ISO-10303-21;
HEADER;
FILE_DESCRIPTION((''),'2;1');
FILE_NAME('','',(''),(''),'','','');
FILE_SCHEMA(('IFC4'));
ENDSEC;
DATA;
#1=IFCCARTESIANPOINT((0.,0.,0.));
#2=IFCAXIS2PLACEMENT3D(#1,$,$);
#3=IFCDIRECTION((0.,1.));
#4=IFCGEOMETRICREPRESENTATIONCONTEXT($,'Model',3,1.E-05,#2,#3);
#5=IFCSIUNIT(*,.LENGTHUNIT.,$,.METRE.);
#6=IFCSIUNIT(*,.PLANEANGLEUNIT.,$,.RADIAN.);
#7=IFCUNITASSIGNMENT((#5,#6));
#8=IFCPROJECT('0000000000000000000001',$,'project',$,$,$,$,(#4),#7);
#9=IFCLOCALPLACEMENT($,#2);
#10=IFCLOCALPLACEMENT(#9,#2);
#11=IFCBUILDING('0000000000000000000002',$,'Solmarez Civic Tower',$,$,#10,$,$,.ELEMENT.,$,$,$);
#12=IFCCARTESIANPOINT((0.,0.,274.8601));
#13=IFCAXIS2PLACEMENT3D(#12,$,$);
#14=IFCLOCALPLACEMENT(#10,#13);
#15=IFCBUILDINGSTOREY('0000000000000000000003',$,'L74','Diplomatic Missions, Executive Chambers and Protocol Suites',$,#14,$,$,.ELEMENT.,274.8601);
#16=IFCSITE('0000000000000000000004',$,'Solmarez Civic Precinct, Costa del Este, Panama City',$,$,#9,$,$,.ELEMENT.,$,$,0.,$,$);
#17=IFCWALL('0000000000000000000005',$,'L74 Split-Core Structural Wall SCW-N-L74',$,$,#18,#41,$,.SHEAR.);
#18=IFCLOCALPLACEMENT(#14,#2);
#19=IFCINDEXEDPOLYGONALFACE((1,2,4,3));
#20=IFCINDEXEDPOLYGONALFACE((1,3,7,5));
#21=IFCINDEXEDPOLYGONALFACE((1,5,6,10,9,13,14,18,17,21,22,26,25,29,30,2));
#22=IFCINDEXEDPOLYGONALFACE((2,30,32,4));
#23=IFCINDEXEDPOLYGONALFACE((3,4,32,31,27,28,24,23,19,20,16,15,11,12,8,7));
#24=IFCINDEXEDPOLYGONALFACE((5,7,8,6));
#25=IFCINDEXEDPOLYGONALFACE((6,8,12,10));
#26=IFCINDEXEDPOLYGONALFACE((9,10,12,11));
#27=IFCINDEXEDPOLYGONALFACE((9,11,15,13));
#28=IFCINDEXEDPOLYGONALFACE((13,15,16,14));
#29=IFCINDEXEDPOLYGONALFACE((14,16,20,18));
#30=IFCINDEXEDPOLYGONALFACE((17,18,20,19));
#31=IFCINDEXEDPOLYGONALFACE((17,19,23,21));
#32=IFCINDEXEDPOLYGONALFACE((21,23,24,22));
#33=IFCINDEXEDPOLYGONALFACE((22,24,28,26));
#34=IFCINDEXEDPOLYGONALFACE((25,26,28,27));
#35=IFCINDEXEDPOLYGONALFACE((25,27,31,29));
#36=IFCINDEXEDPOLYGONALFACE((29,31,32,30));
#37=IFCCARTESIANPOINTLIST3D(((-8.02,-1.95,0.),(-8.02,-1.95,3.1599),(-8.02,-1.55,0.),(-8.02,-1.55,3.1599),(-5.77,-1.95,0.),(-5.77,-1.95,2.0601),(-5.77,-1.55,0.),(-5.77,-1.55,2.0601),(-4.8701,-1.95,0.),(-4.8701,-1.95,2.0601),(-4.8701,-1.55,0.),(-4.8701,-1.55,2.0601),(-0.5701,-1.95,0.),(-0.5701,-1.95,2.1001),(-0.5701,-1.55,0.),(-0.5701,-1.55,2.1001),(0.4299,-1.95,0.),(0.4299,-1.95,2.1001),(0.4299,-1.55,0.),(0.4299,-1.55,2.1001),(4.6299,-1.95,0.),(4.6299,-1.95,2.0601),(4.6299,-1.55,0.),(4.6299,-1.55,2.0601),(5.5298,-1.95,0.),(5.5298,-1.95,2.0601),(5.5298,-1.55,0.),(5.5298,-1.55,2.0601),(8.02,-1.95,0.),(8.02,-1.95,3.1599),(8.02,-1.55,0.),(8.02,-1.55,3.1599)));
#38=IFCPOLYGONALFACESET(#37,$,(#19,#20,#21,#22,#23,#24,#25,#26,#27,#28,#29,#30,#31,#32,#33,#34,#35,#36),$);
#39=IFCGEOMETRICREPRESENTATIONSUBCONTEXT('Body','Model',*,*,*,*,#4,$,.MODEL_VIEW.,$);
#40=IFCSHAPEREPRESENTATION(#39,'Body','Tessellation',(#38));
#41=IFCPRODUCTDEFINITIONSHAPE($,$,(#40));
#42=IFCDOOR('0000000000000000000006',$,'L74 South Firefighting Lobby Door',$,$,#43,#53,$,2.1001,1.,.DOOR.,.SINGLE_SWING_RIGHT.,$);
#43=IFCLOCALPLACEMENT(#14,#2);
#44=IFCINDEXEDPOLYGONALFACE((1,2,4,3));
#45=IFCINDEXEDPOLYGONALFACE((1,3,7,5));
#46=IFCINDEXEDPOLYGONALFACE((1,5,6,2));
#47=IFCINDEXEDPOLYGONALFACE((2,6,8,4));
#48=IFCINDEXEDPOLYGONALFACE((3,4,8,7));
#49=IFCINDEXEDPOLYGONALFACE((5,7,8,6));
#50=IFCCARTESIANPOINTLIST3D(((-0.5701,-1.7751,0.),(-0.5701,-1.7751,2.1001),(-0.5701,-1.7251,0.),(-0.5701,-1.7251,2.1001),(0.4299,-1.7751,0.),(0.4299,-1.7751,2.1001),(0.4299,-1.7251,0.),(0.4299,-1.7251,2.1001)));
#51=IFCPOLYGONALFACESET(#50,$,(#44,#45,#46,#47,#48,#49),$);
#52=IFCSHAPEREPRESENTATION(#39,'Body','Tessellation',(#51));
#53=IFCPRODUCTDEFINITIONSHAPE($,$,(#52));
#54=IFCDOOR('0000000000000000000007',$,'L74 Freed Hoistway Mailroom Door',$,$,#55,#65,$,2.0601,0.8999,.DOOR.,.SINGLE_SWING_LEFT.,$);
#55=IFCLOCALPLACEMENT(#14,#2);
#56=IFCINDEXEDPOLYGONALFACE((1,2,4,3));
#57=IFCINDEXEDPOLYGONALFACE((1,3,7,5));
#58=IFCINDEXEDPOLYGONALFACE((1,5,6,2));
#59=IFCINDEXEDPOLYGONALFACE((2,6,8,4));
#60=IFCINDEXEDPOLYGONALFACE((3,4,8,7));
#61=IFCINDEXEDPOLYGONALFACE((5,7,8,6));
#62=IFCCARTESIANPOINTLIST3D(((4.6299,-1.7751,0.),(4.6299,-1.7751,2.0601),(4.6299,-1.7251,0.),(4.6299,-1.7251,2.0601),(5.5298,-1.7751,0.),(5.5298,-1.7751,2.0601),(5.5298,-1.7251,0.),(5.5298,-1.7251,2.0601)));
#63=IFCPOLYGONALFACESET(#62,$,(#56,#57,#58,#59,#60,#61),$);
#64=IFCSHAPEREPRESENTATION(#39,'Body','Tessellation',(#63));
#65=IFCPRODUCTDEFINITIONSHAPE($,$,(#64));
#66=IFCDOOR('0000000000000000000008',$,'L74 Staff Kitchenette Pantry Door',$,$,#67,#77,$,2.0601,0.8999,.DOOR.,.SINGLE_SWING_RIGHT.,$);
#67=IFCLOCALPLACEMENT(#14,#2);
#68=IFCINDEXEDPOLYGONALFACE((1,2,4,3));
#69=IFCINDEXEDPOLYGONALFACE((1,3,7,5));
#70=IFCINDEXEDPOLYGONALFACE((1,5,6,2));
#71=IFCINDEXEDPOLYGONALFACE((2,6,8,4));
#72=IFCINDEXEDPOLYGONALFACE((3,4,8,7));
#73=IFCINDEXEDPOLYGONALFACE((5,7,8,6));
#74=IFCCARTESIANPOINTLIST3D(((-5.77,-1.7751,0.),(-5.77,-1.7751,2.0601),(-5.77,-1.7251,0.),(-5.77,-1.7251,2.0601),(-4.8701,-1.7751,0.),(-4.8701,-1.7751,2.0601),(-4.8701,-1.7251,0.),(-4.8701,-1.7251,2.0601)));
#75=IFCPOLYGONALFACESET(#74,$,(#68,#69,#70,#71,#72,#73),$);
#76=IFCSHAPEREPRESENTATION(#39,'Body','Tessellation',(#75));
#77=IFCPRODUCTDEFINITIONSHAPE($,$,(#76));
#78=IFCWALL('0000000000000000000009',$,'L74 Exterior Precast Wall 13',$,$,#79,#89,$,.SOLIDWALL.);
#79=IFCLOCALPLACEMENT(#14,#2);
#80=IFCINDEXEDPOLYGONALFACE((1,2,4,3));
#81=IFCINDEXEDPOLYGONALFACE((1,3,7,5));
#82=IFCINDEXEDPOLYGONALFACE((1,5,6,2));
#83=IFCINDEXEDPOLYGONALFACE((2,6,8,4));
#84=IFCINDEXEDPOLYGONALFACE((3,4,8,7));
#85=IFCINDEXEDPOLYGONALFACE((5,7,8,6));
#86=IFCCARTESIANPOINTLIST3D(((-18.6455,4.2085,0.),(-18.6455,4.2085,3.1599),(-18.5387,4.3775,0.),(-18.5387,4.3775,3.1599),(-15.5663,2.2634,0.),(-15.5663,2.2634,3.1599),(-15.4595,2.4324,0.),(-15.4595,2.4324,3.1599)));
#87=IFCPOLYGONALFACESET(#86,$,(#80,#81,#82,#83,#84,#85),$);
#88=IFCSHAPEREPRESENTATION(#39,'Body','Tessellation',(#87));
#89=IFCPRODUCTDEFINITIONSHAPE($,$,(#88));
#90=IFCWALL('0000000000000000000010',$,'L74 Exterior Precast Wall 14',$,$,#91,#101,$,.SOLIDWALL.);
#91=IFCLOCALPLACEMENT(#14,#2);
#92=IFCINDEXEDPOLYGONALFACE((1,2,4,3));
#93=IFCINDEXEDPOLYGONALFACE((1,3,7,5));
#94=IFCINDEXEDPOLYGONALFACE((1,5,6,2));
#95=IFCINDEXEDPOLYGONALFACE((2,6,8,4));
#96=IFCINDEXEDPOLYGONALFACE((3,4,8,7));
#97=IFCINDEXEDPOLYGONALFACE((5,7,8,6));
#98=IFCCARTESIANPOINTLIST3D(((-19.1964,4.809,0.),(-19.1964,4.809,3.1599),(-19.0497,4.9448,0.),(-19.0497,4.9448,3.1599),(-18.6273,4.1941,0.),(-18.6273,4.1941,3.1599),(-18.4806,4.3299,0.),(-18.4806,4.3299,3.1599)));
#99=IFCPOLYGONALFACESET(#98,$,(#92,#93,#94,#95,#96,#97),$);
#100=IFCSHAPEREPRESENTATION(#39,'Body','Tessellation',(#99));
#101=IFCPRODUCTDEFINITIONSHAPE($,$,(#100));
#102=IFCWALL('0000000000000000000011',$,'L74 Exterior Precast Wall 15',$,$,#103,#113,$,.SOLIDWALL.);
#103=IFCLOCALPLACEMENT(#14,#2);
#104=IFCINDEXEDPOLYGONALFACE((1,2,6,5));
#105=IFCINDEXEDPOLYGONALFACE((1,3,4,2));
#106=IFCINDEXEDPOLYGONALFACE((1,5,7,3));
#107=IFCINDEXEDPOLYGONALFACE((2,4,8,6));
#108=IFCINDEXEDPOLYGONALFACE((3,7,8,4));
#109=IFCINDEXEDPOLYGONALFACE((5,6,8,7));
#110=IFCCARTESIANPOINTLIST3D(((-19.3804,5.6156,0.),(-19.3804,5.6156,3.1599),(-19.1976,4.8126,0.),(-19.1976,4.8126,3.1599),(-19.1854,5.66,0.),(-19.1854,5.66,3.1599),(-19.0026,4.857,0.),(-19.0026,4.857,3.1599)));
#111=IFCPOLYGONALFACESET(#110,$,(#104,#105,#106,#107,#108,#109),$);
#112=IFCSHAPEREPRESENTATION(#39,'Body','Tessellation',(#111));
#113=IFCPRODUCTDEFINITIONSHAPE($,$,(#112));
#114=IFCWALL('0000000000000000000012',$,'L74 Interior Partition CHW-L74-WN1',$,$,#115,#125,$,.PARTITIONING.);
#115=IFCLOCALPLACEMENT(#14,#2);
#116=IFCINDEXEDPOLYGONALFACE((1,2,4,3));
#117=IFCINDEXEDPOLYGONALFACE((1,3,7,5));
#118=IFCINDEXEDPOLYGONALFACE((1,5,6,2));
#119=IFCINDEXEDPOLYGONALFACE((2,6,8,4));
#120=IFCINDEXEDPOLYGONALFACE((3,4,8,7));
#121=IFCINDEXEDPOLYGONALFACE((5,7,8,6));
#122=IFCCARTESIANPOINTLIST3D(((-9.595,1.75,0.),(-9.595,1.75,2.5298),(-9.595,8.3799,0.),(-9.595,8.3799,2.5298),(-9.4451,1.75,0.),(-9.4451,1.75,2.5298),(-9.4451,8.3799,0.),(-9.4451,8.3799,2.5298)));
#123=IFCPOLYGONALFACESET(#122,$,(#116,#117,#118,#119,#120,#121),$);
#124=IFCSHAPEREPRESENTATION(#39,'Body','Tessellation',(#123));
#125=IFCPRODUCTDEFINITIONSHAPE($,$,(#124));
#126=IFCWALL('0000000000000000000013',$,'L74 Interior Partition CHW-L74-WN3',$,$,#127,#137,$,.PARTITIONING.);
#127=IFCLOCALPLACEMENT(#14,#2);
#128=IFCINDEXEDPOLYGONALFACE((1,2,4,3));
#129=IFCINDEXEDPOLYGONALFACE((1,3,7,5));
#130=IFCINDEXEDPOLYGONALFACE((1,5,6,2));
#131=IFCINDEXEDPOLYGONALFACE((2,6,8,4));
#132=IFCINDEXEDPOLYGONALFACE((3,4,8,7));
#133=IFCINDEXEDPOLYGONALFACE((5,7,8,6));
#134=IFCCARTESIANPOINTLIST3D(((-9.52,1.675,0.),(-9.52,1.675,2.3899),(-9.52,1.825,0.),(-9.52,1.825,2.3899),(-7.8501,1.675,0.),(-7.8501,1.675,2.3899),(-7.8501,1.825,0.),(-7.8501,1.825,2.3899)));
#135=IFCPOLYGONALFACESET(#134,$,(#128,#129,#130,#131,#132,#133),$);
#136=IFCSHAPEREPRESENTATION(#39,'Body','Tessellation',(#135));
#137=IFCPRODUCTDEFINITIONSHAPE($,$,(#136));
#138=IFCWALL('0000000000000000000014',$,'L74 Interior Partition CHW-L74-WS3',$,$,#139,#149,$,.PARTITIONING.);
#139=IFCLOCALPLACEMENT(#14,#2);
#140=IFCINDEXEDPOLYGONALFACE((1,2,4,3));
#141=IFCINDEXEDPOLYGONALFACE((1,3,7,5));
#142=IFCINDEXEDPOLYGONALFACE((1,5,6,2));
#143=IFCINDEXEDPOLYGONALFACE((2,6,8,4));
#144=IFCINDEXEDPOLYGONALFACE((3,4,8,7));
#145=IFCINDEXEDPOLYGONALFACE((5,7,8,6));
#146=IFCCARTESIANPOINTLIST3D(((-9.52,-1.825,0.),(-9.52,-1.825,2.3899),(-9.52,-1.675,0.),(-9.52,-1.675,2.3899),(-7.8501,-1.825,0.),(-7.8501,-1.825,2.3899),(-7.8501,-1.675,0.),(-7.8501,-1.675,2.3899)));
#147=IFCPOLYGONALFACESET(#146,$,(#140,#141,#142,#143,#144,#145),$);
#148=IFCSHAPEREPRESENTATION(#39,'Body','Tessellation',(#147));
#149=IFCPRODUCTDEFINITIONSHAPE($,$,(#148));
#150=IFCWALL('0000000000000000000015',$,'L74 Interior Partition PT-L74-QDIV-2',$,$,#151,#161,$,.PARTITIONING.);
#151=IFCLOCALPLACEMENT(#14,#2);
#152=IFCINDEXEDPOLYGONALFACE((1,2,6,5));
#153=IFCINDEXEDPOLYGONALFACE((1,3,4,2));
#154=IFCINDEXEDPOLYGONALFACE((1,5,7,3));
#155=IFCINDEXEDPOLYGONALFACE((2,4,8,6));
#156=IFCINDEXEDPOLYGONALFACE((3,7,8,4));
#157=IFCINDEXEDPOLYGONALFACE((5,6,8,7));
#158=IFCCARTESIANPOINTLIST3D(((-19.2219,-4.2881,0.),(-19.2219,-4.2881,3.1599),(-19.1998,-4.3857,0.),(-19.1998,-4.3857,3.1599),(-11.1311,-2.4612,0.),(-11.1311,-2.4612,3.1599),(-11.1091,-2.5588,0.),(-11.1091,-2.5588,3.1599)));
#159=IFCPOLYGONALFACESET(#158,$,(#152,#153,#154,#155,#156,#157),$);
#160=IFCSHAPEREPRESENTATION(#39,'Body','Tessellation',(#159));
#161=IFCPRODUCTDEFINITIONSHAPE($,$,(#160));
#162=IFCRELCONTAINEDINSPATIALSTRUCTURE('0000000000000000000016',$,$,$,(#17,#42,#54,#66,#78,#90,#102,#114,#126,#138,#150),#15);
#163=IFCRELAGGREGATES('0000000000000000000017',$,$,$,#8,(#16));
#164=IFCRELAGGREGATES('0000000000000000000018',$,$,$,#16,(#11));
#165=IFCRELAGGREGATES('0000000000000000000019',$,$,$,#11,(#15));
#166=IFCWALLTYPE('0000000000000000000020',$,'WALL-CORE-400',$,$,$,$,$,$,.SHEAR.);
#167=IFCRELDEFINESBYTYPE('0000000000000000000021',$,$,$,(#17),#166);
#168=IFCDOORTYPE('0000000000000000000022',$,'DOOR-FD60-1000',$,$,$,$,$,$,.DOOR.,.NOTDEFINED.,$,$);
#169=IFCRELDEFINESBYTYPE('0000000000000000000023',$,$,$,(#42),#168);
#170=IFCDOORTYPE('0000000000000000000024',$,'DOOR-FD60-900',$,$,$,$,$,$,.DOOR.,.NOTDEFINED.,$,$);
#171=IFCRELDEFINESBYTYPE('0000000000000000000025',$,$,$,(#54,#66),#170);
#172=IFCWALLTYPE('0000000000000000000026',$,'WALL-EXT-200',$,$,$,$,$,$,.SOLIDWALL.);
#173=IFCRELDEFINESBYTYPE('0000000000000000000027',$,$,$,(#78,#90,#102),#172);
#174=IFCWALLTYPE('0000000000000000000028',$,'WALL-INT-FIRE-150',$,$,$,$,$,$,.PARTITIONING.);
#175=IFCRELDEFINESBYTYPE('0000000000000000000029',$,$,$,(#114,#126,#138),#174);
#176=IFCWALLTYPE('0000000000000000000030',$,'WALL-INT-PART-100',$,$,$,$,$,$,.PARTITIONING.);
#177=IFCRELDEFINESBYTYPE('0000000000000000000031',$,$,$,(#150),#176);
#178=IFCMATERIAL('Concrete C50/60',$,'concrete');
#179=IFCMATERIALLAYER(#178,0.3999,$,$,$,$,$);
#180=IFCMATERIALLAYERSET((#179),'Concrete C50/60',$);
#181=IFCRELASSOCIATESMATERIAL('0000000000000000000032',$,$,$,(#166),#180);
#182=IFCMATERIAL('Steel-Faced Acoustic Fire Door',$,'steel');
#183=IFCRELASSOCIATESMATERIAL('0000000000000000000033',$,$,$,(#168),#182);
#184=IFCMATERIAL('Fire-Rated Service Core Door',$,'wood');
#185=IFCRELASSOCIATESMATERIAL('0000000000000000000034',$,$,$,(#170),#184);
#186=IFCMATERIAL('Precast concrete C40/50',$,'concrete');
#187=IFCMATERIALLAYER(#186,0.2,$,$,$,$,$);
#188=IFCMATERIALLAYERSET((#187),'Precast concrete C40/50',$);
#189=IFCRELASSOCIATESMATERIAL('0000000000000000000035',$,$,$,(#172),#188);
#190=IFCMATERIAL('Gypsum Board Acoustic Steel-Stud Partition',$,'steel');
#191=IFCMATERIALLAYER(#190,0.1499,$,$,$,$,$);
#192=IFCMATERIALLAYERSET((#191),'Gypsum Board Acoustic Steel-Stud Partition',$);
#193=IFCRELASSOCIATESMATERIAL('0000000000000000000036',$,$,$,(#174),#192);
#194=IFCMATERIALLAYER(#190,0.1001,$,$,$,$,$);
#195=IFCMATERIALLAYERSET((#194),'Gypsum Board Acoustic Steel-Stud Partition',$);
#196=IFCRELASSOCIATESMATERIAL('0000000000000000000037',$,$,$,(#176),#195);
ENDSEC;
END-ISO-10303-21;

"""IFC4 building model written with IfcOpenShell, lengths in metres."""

from ifc_helpers import new_model, si_unit, direction, frame, frame_2d, origin, place, context, subcontext, project, spatial, rectangle, extrude, material, layer, layer_set, type_object, element, fill, save


model = new_model("IFC4")

# Units and contexts
model_context = context("Model", 3, precision=1e-05, world=origin(), true_north=direction((0.0, 1.0)))
body_context = subcontext(model_context, "Body", "Model", "MODEL_VIEW")
ifc_project = project(units=[si_unit("LENGTHUNIT", "METRE"), si_unit("PLANEANGLEUNIT", "RADIAN")], contexts=[model_context])

# Site, building, storey
site_placement = place(None, origin())
site = spatial("IfcSite", under=ifc_project, at=site_placement, Name="Solmarez Civic Precinct, Costa del Este, Panama City", CompositionType="ELEMENT", RefElevation=0.0)
building_placement = place(site_placement, origin())
building = spatial("IfcBuilding", under=site, at=building_placement, Name="Solmarez Civic Tower", CompositionType="ELEMENT")
storey_placement = place(building_placement, frame((0.0, 0.0, 274.8601)))
storey = spatial("IfcBuildingStorey", under=building, at=storey_placement, Name="L74", Description="Diplomatic Missions, Executive Chambers and Protocol Suites", CompositionType="ELEMENT", Elevation=274.8601)

# Shared definitions
ifc_material_1 = material(Name="Concrete C50/60", Category="concrete")

# Shared definitions
ifc_layer_1 = layer(ifc_material_1, 0.3999)
ifc_layer_set_1 = layer_set([ifc_layer_1], Name="Concrete C50/60")
wall_type_1 = type_object("IfcWallType", Name="WALL-CORE-400", PredefinedType="SHEAR", material=ifc_layer_set_1)

# Wall, openings, doors
wall_1_placement = place(storey_placement, frame((-8.02, -1.75, 0.0), z_axis=(0.0, 0.0, 1.0), x_axis=(1.0, 0.0, 0.0)))
wall_1 = element("IfcWall", 1, at=wall_1_placement, inside=storey, type_object=wall_type_1, Name="L74 Split-Core Structural Wall SCW-N-L74", PredefinedType="SHEAR", context=body_context, shape_type="SweptSolid", body=[
    extrude(rectangle(XDim=16.04, YDim=0.3999, at=frame_2d((8.02, 0.0))), origin(), (0.0, 0.0, 1.0), 3.1599),
])
opening_1_placement = place(wall_1_placement, frame((7.45, 0.0, 0.0)))
opening_1 = element("IfcOpeningElement", 2, at=opening_1_placement, cuts=wall_1, PredefinedType="OPENING", context=body_context, shape_type="SweptSolid", body=[
    extrude(rectangle(XDim=1.0, YDim=2.1001, at=frame_2d((0.5, 1.05))), frame((0.0, 0.21, 0.0), z_axis=(0.0, -1.0, 0.0), x_axis=(1.0, 0.0, 0.0)), (0.0, 0.0, 1.0), 0.4199),
])
opening_2_placement = place(wall_1_placement, frame((12.6499, 0.0, 0.0)))
opening_2 = element("IfcOpeningElement", 3, at=opening_2_placement, cuts=wall_1, PredefinedType="OPENING", context=body_context, shape_type="SweptSolid", body=[
    extrude(rectangle(XDim=0.8999, YDim=2.0601, at=frame_2d((0.45, 1.03))), frame((0.0, 0.21, 0.0), z_axis=(0.0, -1.0, 0.0), x_axis=(1.0, 0.0, 0.0)), (0.0, 0.0, 1.0), 0.4199),
])
opening_3_placement = place(wall_1_placement, frame((2.25, 0.0, 0.0)))
opening_3 = element("IfcOpeningElement", 4, at=opening_3_placement, cuts=wall_1, PredefinedType="OPENING", context=body_context, shape_type="SweptSolid", body=[
    extrude(rectangle(XDim=0.8999, YDim=2.0601, at=frame_2d((0.45, 1.03))), frame((0.0, 0.21, 0.0), z_axis=(0.0, -1.0, 0.0), x_axis=(1.0, 0.0, 0.0)), (0.0, 0.0, 1.0), 0.4199),
])
ifc_material_2 = material(Name="Steel-Faced Acoustic Fire Door", Category="steel")
door_type_1 = type_object("IfcDoorType", Name="DOOR-FD60-1000", OperationType="NOTDEFINED", PredefinedType="DOOR", material=ifc_material_2)
door_1_placement = place(opening_1_placement, origin())
door_1 = element("IfcDoor", 5, at=door_1_placement, inside=storey, type_object=door_type_1, Name="L74 South Firefighting Lobby Door", OperationType="SINGLE_SWING_RIGHT", OverallHeight=2.1001, OverallWidth=1.0, PredefinedType="DOOR", context=body_context, shape_type="SweptSolid", body=[
    extrude(rectangle(XDim=1.0, YDim=2.1001, at=frame_2d((0.5, 1.05))), frame((0.0, 0.0249, 0.0), z_axis=(0.0, -1.0, 0.0), x_axis=(1.0, 0.0, 0.0)), (0.0, 0.0, 1.0), 0.05),
])
fill(opening_1, door_1)
ifc_material_3 = material(Name="Fire-Rated Service Core Door", Category="wood")
door_type_2 = type_object("IfcDoorType", Name="DOOR-FD60-900", OperationType="NOTDEFINED", PredefinedType="DOOR", material=ifc_material_3)
door_2_placement = place(opening_2_placement, origin())
door_2 = element("IfcDoor", 6, at=door_2_placement, inside=storey, type_object=door_type_2, Name="L74 Freed Hoistway Mailroom Door", OperationType="SINGLE_SWING_LEFT", OverallHeight=2.0601, OverallWidth=0.8999, PredefinedType="DOOR", context=body_context, shape_type="SweptSolid", body=[
    extrude(rectangle(XDim=0.8999, YDim=2.0601, at=frame_2d((0.45, 1.03))), frame((0.0, 0.0249, 0.0), z_axis=(0.0, -1.0, 0.0), x_axis=(1.0, 0.0, 0.0)), (0.0, 0.0, 1.0), 0.05),
])
fill(opening_2, door_2)
door_3_placement = place(opening_3_placement, origin())
door_3 = element("IfcDoor", 7, at=door_3_placement, inside=storey, type_object=door_type_2, Name="L74 Staff Kitchenette Pantry Door", OperationType="SINGLE_SWING_RIGHT", OverallHeight=2.0601, OverallWidth=0.8999, PredefinedType="DOOR", context=body_context, shape_type="SweptSolid", body=[
    extrude(rectangle(XDim=0.8999, YDim=2.0601, at=frame_2d((0.45, 1.03))), frame((0.0, 0.0249, 0.0), z_axis=(0.0, -1.0, 0.0), x_axis=(1.0, 0.0, 0.0)), (0.0, 0.0, 1.0), 0.05),
])
fill(opening_3, door_3)

# Walls
ifc_material_4 = material(Name="Precast concrete C40/50", Category="concrete")
ifc_layer_2 = layer(ifc_material_4, 0.2)
ifc_layer_set_2 = layer_set([ifc_layer_2], Name="Precast concrete C40/50")
wall_type_2 = type_object("IfcWallType", Name="WALL-EXT-200", PredefinedType="SOLIDWALL", material=ifc_layer_set_2)
wall_2_placement = place(storey_placement, frame((-15.5129, 2.3479, 0.0), z_axis=(0.0, 0.0, 1.0), x_axis=(-0.845443, 0.534066, 0.0)))
element("IfcWall", 8, at=wall_2_placement, inside=storey, type_object=wall_type_2, Name="L74 Exterior Precast Wall 13", PredefinedType="SOLIDWALL", context=body_context, shape_type="SweptSolid", body=[
    extrude(rectangle(XDim=3.6421, YDim=0.2, at=frame_2d((1.821, 0.0))), origin(), (0.0, 0.0, 1.0), 3.1599),
])
wall_3_placement = place(storey_placement, frame((-18.554, 4.262, 0.0), z_axis=(0.0, 0.0, 1.0), x_axis=(-0.679187, 0.733965, 0.0)))
element("IfcWall", 9, at=wall_3_placement, inside=storey, type_object=wall_type_2, Name="L74 Exterior Precast Wall 14", PredefinedType="SOLIDWALL", context=body_context, shape_type="SweptSolid", body=[
    extrude(rectangle(XDim=0.8379, YDim=0.2, at=frame_2d((0.4189, 0.0))), origin(), (0.0, 0.0, 1.0), 3.1599),
])
wall_4_placement = place(storey_placement, frame((-19.1001, 4.835, 0.0), z_axis=(0.0, 0.0, 1.0), x_axis=(-0.222044, 0.975037, 0.0)))
element("IfcWall", 10, at=wall_4_placement, inside=storey, type_object=wall_type_2, Name="L74 Exterior Precast Wall 15", PredefinedType="SOLIDWALL", context=body_context, shape_type="SweptSolid", body=[
    extrude(rectangle(XDim=0.8235, YDim=0.2, at=frame_2d((0.4116, 0.0))), origin(), (0.0, 0.0, 1.0), 3.1599),
])
ifc_material_5 = material(Name="Gypsum Board Acoustic Steel-Stud Partition", Category="steel")
ifc_layer_3 = layer(ifc_material_5, 0.1499)
ifc_layer_set_3 = layer_set([ifc_layer_3], Name="Gypsum Board Acoustic Steel-Stud Partition")
wall_type_3 = type_object("IfcWallType", Name="WALL-INT-FIRE-150", PredefinedType="PARTITIONING", material=ifc_layer_set_3)
wall_5_placement = place(storey_placement, frame((-9.52, 1.75, 0.0), z_axis=(0.0, 0.0, 1.0), x_axis=(0.0, 1.0, 0.0)))
element("IfcWall", 11, at=wall_5_placement, inside=storey, type_object=wall_type_3, Name="L74 Interior Partition CHW-L74-WN1", PredefinedType="PARTITIONING", context=body_context, shape_type="SweptSolid", body=[
    extrude(rectangle(XDim=6.6299, YDim=0.1499, at=frame_2d((3.3149, 0.0))), origin(), (0.0, 0.0, 1.0), 2.5298),
])
for number, where, z_axis, x_axis, name in (
    (12, (-7.8501, 1.75, 0.0), (0.0, 0.0, 1.0), (-1.0, 0.0, 0.0), "L74 Interior Partition CHW-L74-WN3"),
    (13, (-7.8501, -1.75, 0.0), (0.0, 0.0, 1.0), (-1.0, 0.0, 0.0), "L74 Interior Partition CHW-L74-WS3"),
):
    element("IfcWall", number, at=place(storey_placement, frame(where, z_axis=z_axis, x_axis=x_axis)), inside=storey, type_object=wall_type_3, Name=name, PredefinedType="PARTITIONING", context=body_context, shape_type="SweptSolid", body=[
        extrude(rectangle(XDim=1.6699, YDim=0.1499, at=frame_2d((0.835, 0.0))), origin(), (0.0, 0.0, 1.0), 2.3899),
    ])
ifc_layer_4 = layer(ifc_material_5, 0.1001)
ifc_layer_set_4 = layer_set([ifc_layer_4], Name="Gypsum Board Acoustic Steel-Stud Partition")
wall_type_4 = type_object("IfcWallType", Name="WALL-INT-PART-100", PredefinedType="PARTITIONING", material=ifc_layer_set_4)
wall_6_placement = place(storey_placement, frame((-11.1201, -2.51, 0.0), z_axis=(0.0, 0.0, 1.0), x_axis=(-0.975442, -0.220255, 0.0)))
element("IfcWall", 14, at=wall_6_placement, inside=storey, type_object=wall_type_4, Name="L74 Interior Partition PT-L74-QDIV-2", PredefinedType="PARTITIONING", context=body_context, shape_type="SweptSolid", body=[
    extrude(rectangle(XDim=8.2944, YDim=0.1001, at=frame_2d((4.1472, 0.0))), origin(), (0.0, 0.0, 1.0), 3.1599),
])

save(model, "model.ifc")
